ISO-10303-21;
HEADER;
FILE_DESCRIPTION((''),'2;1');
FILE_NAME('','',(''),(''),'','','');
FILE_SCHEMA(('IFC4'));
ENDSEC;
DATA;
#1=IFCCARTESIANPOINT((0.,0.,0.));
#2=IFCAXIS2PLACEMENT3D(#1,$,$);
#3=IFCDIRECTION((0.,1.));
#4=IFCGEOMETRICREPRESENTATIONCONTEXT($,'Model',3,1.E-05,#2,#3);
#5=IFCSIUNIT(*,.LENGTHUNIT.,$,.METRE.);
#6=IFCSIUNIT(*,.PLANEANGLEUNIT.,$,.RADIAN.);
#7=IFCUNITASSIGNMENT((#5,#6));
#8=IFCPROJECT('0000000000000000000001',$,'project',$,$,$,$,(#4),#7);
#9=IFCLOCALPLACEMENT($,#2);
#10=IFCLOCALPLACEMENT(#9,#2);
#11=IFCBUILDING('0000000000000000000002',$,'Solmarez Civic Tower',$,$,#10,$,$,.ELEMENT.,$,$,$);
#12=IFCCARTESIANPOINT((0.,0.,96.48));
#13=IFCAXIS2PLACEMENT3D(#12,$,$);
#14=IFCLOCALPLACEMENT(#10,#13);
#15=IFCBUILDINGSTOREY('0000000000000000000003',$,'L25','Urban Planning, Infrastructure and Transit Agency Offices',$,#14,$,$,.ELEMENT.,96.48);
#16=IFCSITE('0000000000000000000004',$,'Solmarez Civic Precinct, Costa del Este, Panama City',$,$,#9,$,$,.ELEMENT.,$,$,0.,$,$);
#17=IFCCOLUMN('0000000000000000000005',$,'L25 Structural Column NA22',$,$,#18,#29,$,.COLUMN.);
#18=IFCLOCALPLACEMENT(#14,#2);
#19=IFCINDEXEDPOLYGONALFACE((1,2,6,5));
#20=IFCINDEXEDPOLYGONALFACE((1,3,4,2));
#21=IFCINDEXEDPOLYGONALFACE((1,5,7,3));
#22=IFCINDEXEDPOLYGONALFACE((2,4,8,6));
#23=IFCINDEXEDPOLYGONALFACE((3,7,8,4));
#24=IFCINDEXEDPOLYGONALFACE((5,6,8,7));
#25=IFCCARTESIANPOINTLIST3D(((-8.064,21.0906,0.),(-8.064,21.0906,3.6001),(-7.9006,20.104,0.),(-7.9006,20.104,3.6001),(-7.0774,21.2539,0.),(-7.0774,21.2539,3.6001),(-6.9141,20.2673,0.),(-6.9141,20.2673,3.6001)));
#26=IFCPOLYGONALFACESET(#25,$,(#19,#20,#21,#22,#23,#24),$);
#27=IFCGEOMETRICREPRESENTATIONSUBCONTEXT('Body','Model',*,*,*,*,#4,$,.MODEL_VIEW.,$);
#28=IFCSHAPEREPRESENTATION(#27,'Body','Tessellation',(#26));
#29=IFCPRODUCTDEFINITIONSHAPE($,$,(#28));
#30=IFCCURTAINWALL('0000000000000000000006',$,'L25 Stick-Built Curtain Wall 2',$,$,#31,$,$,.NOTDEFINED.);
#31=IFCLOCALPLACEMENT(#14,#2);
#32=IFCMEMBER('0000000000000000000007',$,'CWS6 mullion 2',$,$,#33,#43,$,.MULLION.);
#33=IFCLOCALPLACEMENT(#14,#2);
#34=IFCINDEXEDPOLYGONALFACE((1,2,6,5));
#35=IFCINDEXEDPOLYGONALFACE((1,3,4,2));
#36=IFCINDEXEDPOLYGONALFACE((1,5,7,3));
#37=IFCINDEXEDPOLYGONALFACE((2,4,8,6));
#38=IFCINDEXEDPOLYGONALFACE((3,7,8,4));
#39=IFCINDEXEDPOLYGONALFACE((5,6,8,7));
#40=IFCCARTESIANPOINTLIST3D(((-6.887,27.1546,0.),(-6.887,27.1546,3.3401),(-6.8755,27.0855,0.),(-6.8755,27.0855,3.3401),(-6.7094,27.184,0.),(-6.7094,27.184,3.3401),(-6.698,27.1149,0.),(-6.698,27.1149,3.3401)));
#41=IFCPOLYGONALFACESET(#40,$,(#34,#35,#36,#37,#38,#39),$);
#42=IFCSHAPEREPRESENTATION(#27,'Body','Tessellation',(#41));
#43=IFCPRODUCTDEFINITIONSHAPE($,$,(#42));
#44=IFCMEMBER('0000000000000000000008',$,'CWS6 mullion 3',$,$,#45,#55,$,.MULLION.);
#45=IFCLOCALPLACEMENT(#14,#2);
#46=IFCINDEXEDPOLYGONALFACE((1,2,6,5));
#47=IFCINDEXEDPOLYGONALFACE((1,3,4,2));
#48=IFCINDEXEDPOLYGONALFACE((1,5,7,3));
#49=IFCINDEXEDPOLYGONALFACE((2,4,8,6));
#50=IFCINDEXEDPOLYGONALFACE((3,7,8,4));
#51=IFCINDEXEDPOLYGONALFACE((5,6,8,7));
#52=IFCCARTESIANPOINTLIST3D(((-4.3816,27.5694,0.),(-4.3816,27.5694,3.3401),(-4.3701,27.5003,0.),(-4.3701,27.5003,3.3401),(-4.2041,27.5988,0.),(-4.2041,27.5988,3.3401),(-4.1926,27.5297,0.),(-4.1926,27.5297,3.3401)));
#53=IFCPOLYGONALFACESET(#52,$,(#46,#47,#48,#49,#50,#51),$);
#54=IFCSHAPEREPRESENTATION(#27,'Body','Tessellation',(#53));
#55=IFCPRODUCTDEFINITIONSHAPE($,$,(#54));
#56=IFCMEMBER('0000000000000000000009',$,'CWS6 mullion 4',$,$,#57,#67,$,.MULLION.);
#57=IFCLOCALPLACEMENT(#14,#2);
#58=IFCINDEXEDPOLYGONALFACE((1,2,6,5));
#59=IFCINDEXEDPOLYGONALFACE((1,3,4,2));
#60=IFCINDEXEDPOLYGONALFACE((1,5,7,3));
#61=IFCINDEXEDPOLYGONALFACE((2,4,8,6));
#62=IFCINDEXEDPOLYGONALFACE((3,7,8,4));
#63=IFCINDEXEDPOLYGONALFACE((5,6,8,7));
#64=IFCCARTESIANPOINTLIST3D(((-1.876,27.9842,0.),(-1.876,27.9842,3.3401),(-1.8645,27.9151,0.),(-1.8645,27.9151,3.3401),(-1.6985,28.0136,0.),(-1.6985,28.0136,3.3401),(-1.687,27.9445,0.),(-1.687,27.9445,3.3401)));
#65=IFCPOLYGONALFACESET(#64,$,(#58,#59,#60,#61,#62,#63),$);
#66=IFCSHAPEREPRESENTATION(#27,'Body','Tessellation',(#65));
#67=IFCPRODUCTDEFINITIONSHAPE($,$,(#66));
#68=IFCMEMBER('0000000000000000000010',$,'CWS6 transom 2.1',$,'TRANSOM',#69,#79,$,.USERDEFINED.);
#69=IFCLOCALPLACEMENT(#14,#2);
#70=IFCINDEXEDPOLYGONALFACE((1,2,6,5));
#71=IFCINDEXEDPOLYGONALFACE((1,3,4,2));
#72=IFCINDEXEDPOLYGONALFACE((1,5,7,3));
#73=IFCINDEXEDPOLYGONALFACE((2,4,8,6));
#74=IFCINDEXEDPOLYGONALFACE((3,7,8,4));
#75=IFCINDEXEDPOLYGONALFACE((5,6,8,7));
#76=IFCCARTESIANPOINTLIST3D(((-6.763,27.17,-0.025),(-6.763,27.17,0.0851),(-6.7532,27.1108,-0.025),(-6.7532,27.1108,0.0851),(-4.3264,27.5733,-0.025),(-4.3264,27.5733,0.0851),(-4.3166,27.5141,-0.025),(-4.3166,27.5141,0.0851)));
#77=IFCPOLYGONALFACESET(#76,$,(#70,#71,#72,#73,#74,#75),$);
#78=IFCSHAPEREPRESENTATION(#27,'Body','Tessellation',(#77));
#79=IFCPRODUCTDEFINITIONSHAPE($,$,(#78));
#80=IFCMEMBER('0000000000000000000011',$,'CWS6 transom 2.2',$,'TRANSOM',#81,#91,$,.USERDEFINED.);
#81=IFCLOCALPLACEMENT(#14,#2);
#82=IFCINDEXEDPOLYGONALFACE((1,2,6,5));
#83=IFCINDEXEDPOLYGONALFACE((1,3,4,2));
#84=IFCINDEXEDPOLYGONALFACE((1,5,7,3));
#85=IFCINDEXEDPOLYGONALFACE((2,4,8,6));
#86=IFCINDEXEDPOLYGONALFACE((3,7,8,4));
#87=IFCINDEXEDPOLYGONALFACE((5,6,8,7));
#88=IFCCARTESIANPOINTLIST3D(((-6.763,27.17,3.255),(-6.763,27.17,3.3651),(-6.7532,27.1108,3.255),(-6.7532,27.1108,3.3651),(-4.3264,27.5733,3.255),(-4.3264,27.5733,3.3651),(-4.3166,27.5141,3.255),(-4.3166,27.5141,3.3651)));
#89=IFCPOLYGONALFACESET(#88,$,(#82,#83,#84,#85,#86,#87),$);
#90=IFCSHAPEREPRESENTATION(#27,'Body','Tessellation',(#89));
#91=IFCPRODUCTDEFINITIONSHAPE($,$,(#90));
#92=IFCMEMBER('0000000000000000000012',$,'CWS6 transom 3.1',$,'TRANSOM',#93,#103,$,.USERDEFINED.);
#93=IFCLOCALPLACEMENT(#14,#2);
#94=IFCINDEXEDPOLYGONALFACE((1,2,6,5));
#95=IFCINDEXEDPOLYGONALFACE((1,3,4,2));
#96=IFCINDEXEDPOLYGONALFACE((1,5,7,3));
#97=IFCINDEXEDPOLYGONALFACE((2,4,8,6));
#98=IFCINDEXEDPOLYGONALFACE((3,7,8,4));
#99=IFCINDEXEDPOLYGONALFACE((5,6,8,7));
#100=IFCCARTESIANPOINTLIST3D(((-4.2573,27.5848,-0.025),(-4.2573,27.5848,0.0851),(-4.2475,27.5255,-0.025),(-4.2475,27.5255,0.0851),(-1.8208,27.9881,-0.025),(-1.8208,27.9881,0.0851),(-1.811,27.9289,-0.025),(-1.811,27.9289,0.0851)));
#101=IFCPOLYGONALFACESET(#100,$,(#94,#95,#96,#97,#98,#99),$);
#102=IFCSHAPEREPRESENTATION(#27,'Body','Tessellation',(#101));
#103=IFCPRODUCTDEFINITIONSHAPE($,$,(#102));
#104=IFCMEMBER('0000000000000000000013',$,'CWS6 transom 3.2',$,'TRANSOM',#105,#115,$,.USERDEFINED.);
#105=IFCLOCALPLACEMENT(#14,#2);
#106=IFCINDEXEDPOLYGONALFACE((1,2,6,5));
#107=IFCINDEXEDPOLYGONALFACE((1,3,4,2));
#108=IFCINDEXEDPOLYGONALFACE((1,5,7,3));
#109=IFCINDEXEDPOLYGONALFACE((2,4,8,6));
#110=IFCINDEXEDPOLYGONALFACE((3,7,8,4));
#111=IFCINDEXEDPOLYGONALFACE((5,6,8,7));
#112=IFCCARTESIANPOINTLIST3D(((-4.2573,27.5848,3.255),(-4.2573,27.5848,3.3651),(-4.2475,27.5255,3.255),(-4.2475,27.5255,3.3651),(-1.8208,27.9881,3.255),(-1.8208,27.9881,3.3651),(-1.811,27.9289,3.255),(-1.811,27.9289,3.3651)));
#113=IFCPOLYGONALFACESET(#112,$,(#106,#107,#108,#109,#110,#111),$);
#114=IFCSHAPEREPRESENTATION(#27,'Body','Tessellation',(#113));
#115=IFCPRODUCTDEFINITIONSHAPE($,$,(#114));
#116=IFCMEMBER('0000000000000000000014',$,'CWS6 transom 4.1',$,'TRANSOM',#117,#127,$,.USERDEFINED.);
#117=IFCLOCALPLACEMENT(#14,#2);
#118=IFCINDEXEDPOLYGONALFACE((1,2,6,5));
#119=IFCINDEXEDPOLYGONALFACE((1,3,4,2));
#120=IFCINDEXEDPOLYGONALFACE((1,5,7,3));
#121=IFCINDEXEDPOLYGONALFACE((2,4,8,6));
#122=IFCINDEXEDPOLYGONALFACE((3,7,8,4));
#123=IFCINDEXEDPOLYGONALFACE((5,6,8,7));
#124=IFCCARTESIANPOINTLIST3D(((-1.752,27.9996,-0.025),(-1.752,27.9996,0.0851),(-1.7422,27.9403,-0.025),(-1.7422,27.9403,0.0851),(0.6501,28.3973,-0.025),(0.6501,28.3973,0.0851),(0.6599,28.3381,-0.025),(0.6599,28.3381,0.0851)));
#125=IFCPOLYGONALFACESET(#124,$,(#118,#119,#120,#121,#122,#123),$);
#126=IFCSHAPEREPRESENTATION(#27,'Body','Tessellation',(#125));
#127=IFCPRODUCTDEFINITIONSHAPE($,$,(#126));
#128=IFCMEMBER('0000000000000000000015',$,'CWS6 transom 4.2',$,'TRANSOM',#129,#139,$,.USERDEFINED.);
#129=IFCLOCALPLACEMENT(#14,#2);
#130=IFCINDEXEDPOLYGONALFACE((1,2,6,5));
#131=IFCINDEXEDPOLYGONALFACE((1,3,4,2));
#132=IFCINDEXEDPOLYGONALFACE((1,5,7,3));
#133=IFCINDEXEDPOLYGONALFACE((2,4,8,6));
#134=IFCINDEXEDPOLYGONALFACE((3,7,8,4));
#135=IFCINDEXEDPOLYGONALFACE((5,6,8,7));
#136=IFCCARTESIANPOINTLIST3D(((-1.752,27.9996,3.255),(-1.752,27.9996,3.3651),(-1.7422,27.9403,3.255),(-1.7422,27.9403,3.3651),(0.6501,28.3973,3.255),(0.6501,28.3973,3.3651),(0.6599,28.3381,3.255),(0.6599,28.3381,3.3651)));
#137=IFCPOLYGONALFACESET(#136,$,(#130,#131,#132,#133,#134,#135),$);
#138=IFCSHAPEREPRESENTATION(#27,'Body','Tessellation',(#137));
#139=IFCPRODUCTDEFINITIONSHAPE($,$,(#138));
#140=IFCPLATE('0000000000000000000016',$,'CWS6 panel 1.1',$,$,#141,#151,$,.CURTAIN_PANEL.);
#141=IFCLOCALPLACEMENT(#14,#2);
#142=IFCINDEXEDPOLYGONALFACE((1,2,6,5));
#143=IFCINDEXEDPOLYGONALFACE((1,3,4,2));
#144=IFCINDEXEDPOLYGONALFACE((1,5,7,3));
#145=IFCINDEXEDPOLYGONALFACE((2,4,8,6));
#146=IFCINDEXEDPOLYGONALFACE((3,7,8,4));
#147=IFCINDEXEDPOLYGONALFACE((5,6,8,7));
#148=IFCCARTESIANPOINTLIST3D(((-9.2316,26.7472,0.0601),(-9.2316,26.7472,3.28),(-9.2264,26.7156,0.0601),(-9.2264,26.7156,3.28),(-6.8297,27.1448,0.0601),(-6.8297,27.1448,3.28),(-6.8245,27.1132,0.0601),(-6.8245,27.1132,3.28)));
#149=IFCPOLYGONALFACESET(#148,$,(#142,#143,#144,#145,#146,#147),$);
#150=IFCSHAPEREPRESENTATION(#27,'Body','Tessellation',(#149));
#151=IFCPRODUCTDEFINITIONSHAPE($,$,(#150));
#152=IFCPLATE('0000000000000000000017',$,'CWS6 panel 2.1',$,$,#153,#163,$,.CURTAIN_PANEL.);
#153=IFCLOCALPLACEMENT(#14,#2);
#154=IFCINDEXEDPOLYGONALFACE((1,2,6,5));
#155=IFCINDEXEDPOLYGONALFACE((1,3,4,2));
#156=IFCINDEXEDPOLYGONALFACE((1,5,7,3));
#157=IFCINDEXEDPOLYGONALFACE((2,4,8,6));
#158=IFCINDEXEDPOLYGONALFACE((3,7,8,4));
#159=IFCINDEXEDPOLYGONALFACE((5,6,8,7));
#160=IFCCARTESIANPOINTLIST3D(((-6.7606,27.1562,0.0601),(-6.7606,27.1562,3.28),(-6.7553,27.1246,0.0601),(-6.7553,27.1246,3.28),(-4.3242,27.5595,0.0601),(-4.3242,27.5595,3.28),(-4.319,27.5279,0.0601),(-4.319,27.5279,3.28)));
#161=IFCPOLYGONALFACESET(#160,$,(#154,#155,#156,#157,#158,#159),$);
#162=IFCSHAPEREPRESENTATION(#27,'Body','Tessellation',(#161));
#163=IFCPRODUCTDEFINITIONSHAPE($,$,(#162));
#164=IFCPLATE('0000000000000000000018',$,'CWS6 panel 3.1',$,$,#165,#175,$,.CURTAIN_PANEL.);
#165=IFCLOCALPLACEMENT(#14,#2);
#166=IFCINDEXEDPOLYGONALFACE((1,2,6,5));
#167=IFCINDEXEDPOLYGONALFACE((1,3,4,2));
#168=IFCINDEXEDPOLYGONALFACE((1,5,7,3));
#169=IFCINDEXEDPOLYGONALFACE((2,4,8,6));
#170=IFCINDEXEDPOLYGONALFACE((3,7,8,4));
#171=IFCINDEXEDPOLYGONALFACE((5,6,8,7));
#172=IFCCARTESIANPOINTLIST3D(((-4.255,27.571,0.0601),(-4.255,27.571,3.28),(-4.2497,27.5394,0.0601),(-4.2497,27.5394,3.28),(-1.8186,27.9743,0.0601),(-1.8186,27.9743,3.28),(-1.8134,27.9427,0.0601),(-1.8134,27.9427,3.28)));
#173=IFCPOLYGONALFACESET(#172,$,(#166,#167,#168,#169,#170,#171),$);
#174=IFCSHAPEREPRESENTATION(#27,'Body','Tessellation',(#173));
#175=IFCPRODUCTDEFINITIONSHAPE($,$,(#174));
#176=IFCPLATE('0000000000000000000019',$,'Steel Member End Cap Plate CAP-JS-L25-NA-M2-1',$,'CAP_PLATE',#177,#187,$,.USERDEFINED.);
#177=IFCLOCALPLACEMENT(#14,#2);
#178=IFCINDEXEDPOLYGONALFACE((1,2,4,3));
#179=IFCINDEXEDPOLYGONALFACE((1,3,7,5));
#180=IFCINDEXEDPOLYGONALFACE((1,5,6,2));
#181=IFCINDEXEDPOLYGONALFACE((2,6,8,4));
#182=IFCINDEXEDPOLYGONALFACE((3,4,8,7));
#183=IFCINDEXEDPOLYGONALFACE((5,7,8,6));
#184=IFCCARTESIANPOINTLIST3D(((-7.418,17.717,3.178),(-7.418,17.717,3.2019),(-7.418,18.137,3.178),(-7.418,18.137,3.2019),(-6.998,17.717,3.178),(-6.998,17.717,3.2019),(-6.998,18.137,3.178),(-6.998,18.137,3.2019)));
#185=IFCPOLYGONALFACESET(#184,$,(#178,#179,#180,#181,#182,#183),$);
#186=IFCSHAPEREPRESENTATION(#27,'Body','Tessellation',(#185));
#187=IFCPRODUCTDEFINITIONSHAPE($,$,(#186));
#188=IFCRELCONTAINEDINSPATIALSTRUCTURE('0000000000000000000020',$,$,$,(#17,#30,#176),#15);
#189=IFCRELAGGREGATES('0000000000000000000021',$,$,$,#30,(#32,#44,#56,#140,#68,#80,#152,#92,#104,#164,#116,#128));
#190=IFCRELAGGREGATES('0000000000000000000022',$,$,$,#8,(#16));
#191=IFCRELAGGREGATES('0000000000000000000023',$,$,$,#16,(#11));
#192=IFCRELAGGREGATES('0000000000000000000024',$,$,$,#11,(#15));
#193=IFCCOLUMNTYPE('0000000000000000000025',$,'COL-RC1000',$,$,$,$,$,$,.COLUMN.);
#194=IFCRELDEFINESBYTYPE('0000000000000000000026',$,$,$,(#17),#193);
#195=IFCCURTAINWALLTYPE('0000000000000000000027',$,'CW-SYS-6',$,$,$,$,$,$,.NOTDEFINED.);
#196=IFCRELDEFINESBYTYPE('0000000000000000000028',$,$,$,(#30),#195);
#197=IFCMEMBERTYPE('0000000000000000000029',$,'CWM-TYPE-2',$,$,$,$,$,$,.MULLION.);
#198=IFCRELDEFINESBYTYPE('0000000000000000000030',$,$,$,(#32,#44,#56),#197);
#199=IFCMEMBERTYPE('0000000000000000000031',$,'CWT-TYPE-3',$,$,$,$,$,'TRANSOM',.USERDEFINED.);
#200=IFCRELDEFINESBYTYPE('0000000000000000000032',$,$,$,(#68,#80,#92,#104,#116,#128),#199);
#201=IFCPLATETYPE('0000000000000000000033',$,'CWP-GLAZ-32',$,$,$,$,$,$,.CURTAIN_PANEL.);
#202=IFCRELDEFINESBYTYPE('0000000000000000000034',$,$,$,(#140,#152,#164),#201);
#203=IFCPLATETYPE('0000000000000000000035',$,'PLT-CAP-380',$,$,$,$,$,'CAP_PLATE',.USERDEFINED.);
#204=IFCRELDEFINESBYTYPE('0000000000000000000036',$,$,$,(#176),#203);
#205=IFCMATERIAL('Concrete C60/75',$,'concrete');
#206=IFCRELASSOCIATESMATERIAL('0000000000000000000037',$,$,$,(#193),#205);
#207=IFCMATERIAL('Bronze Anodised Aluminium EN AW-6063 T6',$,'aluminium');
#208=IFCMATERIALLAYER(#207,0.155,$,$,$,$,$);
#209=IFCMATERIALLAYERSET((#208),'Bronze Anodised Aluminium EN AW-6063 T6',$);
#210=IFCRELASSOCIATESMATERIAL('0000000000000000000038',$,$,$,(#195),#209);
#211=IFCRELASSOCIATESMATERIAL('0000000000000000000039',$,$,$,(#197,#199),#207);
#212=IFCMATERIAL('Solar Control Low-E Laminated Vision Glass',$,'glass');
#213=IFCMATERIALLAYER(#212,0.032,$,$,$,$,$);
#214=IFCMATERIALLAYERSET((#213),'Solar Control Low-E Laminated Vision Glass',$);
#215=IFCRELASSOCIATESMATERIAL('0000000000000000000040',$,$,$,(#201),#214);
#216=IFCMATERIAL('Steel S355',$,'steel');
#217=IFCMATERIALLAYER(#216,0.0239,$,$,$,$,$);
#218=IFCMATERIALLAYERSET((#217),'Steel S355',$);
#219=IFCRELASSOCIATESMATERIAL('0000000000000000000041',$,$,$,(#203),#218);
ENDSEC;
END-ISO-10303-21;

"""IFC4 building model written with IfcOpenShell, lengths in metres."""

from ifc_helpers import new_model, si_unit, direction, frame, origin, origin_2d, place, context, subcontext, project, spatial, rectangle, extrude, material, layer, layer_set, material_profile, profile_set, type_object, element, aggregate, save


model = new_model("IFC4")

# Units and contexts
model_context = context("Model", 3, precision=1e-05, world=origin(), true_north=direction((0.0, 1.0)))
body_context = subcontext(model_context, "Body", "Model", "MODEL_VIEW")
ifc_project = project(units=[si_unit("LENGTHUNIT", "METRE"), si_unit("PLANEANGLEUNIT", "RADIAN")], contexts=[model_context])

# Site, building, storey
site_placement = place(None, origin())
site = spatial("IfcSite", under=ifc_project, at=site_placement, Name="Solmarez Civic Precinct, Costa del Este, Panama City", CompositionType="ELEMENT", RefElevation=0.0)
building_placement = place(site_placement, origin())
building = spatial("IfcBuilding", under=site, at=building_placement, Name="Solmarez Civic Tower", CompositionType="ELEMENT")
storey_placement = place(building_placement, frame((0.0, 0.0, 96.48)))
storey = spatial("IfcBuildingStorey", under=building, at=storey_placement, Name="L25", Description="Urban Planning, Infrastructure and Transit Agency Offices", CompositionType="ELEMENT", Elevation=96.48)

# Column
ifc_material_1 = material(Name="Concrete C60/75", Category="concrete")
ifc_material_profile_1 = material_profile(ifc_material_1, rectangle(XDim=1.0, YDim=1.0, at=origin_2d()), Name="RC1000X1000")
ifc_profile_set_1 = profile_set([ifc_material_profile_1], Name="Concrete C60/75")
column_type = type_object("IfcColumnType", Name="COL-RC1000", PredefinedType="COLUMN", material=ifc_profile_set_1)
column_placement = place(storey_placement, frame((-7.489, 20.679, 0.0), z_axis=(0.0, 0.0, 1.0), x_axis=(0.986572, 0.163326, 0.0)))
element("IfcColumn", 1, at=column_placement, inside=storey, type_object=column_type, Name="L25 Structural Column NA22", PredefinedType="COLUMN", context=body_context, shape_type="SweptSolid", body=[
    extrude(rectangle(XDim=1.0, YDim=1.0, at=origin_2d()), origin(), (0.0, 0.0, 1.0), 3.6001),
])

# Curtain wall, members, plates
ifc_material_2 = material(Name="Bronze Anodised Aluminium EN AW-6063 T6", Category="aluminium")
ifc_layer_1 = layer(ifc_material_2, 0.155)
ifc_layer_set_1 = layer_set([ifc_layer_1], Name="Bronze Anodised Aluminium EN AW-6063 T6")
curtain_wall_type = type_object("IfcCurtainWallType", Name="CW-SYS-6", PredefinedType="NOTDEFINED", material=ifc_layer_set_1)
curtain_wall_placement = place(storey_placement, origin())
curtain_wall = element("IfcCurtainWall", 2, at=curtain_wall_placement, inside=storey, type_object=curtain_wall_type, Name="L25 Stick-Built Curtain Wall 2", PredefinedType="NOTDEFINED")
ifc_material_profile_2 = material_profile(ifc_material_2, rectangle(XDim=0.0701, YDim=0.1799, at=origin_2d()), Name="CWM-70X180")
ifc_profile_set_2 = profile_set([ifc_material_profile_2], Name="Bronze Anodised Aluminium EN AW-6063 T6")
member_type_1 = type_object("IfcMemberType", Name="CWM-TYPE-2", PredefinedType="MULLION", material=ifc_profile_set_2)
member_1_placement = place(storey_placement, frame((-6.7925, 27.1348, 0.0), z_axis=(0.0, 0.0, 1.0), x_axis=(-0.163313, 0.986574, 0.0)))
member_1 = element("IfcMember", 3, at=member_1_placement, type_object=member_type_1, Name="CWS6 mullion 2", PredefinedType="MULLION", context=body_context, shape_type="SweptSolid", body=[
    extrude(rectangle(XDim=0.0701, YDim=0.1799, at=origin_2d()), origin(), (0.0, 0.0, 1.0), 3.3401),
])
member_2_placement = place(storey_placement, frame((-4.2871, 27.5496, 0.0), z_axis=(0.0, 0.0, 1.0), x_axis=(-0.163313, 0.986574, 0.0)))
member_2 = element("IfcMember", 4, at=member_2_placement, type_object=member_type_1, Name="CWS6 mullion 3", PredefinedType="MULLION", context=body_context, shape_type="SweptSolid", body=[
    extrude(rectangle(XDim=0.0701, YDim=0.1799, at=origin_2d()), origin(), (0.0, 0.0, 1.0), 3.3401),
])
member_3_placement = place(storey_placement, frame((-1.7815, 27.9644, 0.0), z_axis=(0.0, 0.0, 1.0), x_axis=(-0.163313, 0.986574, 0.0)))
member_3 = element("IfcMember", 5, at=member_3_placement, type_object=member_type_1, Name="CWS6 mullion 4", PredefinedType="MULLION", context=body_context, shape_type="SweptSolid", body=[
    extrude(rectangle(XDim=0.0701, YDim=0.1799, at=origin_2d()), origin(), (0.0, 0.0, 1.0), 3.3401),
])
ifc_material_profile_3 = material_profile(ifc_material_2, rectangle(XDim=0.0601, YDim=0.1101, at=origin_2d()), Name="CWT-60X110")
ifc_profile_set_3 = profile_set([ifc_material_profile_3], Name="Bronze Anodised Aluminium EN AW-6063 T6")
member_type_2 = type_object("IfcMemberType", Name="CWT-TYPE-3", ElementType="TRANSOM", PredefinedType="USERDEFINED", material=ifc_profile_set_3)
member_4_placement = place(storey_placement, frame((-6.7581, 27.1404, 0.03), z_axis=(0.986575, 0.163309, 0.0), x_axis=(-0.163309, 0.986575, 0.0)))
member_4 = element("IfcMember", 6, at=member_4_placement, type_object=member_type_2, Name="CWS6 transom 2.1", ObjectType="TRANSOM", PredefinedType="USERDEFINED", context=body_context, shape_type="SweptSolid", body=[
    extrude(rectangle(XDim=0.0601, YDim=0.1101, at=origin_2d()), origin(), (0.0, 0.0, 1.0), 2.4697),
])
member_5_placement = place(storey_placement, frame((-6.7581, 27.1404, 3.3101), z_axis=(0.986575, 0.163309, 0.0), x_axis=(-0.163309, 0.986575, 0.0)))
member_5 = element("IfcMember", 7, at=member_5_placement, type_object=member_type_2, Name="CWS6 transom 2.2", ObjectType="TRANSOM", PredefinedType="USERDEFINED", context=body_context, shape_type="SweptSolid", body=[
    extrude(rectangle(XDim=0.0601, YDim=0.1101, at=origin_2d()), origin(), (0.0, 0.0, 1.0), 2.4697),
])
member_6_placement = place(storey_placement, frame((-4.2524, 27.5552, 0.03), z_axis=(0.986575, 0.163309, 0.0), x_axis=(-0.163309, 0.986575, 0.0)))
member_6 = element("IfcMember", 8, at=member_6_placement, type_object=member_type_2, Name="CWS6 transom 3.1", ObjectType="TRANSOM", PredefinedType="USERDEFINED", context=body_context, shape_type="SweptSolid", body=[
    extrude(rectangle(XDim=0.0601, YDim=0.1101, at=origin_2d()), origin(), (0.0, 0.0, 1.0), 2.4697),
])
member_7_placement = place(storey_placement, frame((-4.2524, 27.5552, 3.3101), z_axis=(0.986575, 0.163309, 0.0), x_axis=(-0.163309, 0.986575, 0.0)))
member_7 = element("IfcMember", 9, at=member_7_placement, type_object=member_type_2, Name="CWS6 transom 3.2", ObjectType="TRANSOM", PredefinedType="USERDEFINED", context=body_context, shape_type="SweptSolid", body=[
    extrude(rectangle(XDim=0.0601, YDim=0.1101, at=origin_2d()), origin(), (0.0, 0.0, 1.0), 2.4697),
])
member_8_placement = place(storey_placement, frame((-1.7471, 27.97, 0.03), z_axis=(0.98657, 0.163342, 0.0), x_axis=(-0.163342, 0.98657, 0.0)))
member_8 = element("IfcMember", 10, at=member_8_placement, type_object=member_type_2, Name="CWS6 transom 4.1", ObjectType="TRANSOM", PredefinedType="USERDEFINED", context=body_context, shape_type="SweptSolid", body=[
    extrude(rectangle(XDim=0.0601, YDim=0.1101, at=origin_2d()), origin(), (0.0, 0.0, 1.0), 2.4348),
])
member_9_placement = place(storey_placement, frame((-1.7471, 27.97, 3.3101), z_axis=(0.98657, 0.163342, 0.0), x_axis=(-0.163342, 0.98657, 0.0)))
member_9 = element("IfcMember", 11, at=member_9_placement, type_object=member_type_2, Name="CWS6 transom 4.2", ObjectType="TRANSOM", PredefinedType="USERDEFINED", context=body_context, shape_type="SweptSolid", body=[
    extrude(rectangle(XDim=0.0601, YDim=0.1101, at=origin_2d()), origin(), (0.0, 0.0, 1.0), 2.4348),
])
ifc_material_3 = material(Name="Solar Control Low-E Laminated Vision Glass", Category="glass")
ifc_layer_2 = layer(ifc_material_3, 0.032)
ifc_layer_set_2 = layer_set([ifc_layer_2], Name="Solar Control Low-E Laminated Vision Glass")
plate_type_1 = type_object("IfcPlateType", Name="CWP-GLAZ-32", PredefinedType="CURTAIN_PANEL", material=ifc_layer_set_2)
plate_1_placement = place(storey_placement, frame((-8.0281, 26.9302, 0.0601), z_axis=(0.0, 0.0, 1.0), x_axis=(0.986574, 0.163313, 0.0)))
plate_1 = element("IfcPlate", 12, at=plate_1_placement, type_object=plate_type_1, Name="CWS6 panel 1.1", PredefinedType="CURTAIN_PANEL", context=body_context, shape_type="SweptSolid", body=[
    extrude(rectangle(XDim=2.4346, YDim=0.032, at=origin_2d()), origin(), (0.0, 0.0, 1.0), 3.22),
])
plate_2_placement = place(storey_placement, frame((-5.5398, 27.342, 0.0601), z_axis=(0.0, 0.0, 1.0), x_axis=(0.986574, 0.163313, 0.0)))
plate_2 = element("IfcPlate", 13, at=plate_2_placement, type_object=plate_type_1, Name="CWS6 panel 2.1", PredefinedType="CURTAIN_PANEL", context=body_context, shape_type="SweptSolid", body=[
    extrude(rectangle(XDim=2.4695, YDim=0.032, at=origin_2d()), origin(), (0.0, 0.0, 1.0), 3.22),
])
plate_3_placement = place(storey_placement, frame((-3.0342, 27.7568, 0.0601), z_axis=(0.0, 0.0, 1.0), x_axis=(0.986574, 0.163313, 0.0)))
plate_3 = element("IfcPlate", 14, at=plate_3_placement, type_object=plate_type_1, Name="CWS6 panel 3.1", PredefinedType="CURTAIN_PANEL", context=body_context, shape_type="SweptSolid", body=[
    extrude(rectangle(XDim=2.4695, YDim=0.032, at=origin_2d()), origin(), (0.0, 0.0, 1.0), 3.22),
])
aggregate(curtain_wall, [member_1, member_2, member_3, plate_1, member_4, member_5, plate_2, member_6, member_7, plate_3, member_8, member_9])

# Plate
ifc_material_4 = material(Name="Steel S355", Category="steel")
ifc_layer_3 = layer(ifc_material_4, 0.0239)
ifc_layer_set_3 = layer_set([ifc_layer_3], Name="Steel S355")
plate_type_2 = type_object("IfcPlateType", Name="PLT-CAP-380", ElementType="CAP_PLATE", PredefinedType="USERDEFINED", material=ifc_layer_set_3)
plate_4_placement = place(storey_placement, frame((-7.208, 17.927, 3.178), z_axis=(0.0, 0.0, 1.0), x_axis=(1.0, 0.0, 0.0)))
element("IfcPlate", 15, at=plate_4_placement, inside=storey, type_object=plate_type_2, Name="Steel Member End Cap Plate CAP-JS-L25-NA-M2-1", ObjectType="CAP_PLATE", PredefinedType="USERDEFINED", context=body_context, shape_type="SweptSolid", body=[
    extrude(rectangle(XDim=0.4199, YDim=0.4199, at=origin_2d()), origin(), (0.0, 0.0, 1.0), 0.0239),
])

save(model, "model.ifc")
